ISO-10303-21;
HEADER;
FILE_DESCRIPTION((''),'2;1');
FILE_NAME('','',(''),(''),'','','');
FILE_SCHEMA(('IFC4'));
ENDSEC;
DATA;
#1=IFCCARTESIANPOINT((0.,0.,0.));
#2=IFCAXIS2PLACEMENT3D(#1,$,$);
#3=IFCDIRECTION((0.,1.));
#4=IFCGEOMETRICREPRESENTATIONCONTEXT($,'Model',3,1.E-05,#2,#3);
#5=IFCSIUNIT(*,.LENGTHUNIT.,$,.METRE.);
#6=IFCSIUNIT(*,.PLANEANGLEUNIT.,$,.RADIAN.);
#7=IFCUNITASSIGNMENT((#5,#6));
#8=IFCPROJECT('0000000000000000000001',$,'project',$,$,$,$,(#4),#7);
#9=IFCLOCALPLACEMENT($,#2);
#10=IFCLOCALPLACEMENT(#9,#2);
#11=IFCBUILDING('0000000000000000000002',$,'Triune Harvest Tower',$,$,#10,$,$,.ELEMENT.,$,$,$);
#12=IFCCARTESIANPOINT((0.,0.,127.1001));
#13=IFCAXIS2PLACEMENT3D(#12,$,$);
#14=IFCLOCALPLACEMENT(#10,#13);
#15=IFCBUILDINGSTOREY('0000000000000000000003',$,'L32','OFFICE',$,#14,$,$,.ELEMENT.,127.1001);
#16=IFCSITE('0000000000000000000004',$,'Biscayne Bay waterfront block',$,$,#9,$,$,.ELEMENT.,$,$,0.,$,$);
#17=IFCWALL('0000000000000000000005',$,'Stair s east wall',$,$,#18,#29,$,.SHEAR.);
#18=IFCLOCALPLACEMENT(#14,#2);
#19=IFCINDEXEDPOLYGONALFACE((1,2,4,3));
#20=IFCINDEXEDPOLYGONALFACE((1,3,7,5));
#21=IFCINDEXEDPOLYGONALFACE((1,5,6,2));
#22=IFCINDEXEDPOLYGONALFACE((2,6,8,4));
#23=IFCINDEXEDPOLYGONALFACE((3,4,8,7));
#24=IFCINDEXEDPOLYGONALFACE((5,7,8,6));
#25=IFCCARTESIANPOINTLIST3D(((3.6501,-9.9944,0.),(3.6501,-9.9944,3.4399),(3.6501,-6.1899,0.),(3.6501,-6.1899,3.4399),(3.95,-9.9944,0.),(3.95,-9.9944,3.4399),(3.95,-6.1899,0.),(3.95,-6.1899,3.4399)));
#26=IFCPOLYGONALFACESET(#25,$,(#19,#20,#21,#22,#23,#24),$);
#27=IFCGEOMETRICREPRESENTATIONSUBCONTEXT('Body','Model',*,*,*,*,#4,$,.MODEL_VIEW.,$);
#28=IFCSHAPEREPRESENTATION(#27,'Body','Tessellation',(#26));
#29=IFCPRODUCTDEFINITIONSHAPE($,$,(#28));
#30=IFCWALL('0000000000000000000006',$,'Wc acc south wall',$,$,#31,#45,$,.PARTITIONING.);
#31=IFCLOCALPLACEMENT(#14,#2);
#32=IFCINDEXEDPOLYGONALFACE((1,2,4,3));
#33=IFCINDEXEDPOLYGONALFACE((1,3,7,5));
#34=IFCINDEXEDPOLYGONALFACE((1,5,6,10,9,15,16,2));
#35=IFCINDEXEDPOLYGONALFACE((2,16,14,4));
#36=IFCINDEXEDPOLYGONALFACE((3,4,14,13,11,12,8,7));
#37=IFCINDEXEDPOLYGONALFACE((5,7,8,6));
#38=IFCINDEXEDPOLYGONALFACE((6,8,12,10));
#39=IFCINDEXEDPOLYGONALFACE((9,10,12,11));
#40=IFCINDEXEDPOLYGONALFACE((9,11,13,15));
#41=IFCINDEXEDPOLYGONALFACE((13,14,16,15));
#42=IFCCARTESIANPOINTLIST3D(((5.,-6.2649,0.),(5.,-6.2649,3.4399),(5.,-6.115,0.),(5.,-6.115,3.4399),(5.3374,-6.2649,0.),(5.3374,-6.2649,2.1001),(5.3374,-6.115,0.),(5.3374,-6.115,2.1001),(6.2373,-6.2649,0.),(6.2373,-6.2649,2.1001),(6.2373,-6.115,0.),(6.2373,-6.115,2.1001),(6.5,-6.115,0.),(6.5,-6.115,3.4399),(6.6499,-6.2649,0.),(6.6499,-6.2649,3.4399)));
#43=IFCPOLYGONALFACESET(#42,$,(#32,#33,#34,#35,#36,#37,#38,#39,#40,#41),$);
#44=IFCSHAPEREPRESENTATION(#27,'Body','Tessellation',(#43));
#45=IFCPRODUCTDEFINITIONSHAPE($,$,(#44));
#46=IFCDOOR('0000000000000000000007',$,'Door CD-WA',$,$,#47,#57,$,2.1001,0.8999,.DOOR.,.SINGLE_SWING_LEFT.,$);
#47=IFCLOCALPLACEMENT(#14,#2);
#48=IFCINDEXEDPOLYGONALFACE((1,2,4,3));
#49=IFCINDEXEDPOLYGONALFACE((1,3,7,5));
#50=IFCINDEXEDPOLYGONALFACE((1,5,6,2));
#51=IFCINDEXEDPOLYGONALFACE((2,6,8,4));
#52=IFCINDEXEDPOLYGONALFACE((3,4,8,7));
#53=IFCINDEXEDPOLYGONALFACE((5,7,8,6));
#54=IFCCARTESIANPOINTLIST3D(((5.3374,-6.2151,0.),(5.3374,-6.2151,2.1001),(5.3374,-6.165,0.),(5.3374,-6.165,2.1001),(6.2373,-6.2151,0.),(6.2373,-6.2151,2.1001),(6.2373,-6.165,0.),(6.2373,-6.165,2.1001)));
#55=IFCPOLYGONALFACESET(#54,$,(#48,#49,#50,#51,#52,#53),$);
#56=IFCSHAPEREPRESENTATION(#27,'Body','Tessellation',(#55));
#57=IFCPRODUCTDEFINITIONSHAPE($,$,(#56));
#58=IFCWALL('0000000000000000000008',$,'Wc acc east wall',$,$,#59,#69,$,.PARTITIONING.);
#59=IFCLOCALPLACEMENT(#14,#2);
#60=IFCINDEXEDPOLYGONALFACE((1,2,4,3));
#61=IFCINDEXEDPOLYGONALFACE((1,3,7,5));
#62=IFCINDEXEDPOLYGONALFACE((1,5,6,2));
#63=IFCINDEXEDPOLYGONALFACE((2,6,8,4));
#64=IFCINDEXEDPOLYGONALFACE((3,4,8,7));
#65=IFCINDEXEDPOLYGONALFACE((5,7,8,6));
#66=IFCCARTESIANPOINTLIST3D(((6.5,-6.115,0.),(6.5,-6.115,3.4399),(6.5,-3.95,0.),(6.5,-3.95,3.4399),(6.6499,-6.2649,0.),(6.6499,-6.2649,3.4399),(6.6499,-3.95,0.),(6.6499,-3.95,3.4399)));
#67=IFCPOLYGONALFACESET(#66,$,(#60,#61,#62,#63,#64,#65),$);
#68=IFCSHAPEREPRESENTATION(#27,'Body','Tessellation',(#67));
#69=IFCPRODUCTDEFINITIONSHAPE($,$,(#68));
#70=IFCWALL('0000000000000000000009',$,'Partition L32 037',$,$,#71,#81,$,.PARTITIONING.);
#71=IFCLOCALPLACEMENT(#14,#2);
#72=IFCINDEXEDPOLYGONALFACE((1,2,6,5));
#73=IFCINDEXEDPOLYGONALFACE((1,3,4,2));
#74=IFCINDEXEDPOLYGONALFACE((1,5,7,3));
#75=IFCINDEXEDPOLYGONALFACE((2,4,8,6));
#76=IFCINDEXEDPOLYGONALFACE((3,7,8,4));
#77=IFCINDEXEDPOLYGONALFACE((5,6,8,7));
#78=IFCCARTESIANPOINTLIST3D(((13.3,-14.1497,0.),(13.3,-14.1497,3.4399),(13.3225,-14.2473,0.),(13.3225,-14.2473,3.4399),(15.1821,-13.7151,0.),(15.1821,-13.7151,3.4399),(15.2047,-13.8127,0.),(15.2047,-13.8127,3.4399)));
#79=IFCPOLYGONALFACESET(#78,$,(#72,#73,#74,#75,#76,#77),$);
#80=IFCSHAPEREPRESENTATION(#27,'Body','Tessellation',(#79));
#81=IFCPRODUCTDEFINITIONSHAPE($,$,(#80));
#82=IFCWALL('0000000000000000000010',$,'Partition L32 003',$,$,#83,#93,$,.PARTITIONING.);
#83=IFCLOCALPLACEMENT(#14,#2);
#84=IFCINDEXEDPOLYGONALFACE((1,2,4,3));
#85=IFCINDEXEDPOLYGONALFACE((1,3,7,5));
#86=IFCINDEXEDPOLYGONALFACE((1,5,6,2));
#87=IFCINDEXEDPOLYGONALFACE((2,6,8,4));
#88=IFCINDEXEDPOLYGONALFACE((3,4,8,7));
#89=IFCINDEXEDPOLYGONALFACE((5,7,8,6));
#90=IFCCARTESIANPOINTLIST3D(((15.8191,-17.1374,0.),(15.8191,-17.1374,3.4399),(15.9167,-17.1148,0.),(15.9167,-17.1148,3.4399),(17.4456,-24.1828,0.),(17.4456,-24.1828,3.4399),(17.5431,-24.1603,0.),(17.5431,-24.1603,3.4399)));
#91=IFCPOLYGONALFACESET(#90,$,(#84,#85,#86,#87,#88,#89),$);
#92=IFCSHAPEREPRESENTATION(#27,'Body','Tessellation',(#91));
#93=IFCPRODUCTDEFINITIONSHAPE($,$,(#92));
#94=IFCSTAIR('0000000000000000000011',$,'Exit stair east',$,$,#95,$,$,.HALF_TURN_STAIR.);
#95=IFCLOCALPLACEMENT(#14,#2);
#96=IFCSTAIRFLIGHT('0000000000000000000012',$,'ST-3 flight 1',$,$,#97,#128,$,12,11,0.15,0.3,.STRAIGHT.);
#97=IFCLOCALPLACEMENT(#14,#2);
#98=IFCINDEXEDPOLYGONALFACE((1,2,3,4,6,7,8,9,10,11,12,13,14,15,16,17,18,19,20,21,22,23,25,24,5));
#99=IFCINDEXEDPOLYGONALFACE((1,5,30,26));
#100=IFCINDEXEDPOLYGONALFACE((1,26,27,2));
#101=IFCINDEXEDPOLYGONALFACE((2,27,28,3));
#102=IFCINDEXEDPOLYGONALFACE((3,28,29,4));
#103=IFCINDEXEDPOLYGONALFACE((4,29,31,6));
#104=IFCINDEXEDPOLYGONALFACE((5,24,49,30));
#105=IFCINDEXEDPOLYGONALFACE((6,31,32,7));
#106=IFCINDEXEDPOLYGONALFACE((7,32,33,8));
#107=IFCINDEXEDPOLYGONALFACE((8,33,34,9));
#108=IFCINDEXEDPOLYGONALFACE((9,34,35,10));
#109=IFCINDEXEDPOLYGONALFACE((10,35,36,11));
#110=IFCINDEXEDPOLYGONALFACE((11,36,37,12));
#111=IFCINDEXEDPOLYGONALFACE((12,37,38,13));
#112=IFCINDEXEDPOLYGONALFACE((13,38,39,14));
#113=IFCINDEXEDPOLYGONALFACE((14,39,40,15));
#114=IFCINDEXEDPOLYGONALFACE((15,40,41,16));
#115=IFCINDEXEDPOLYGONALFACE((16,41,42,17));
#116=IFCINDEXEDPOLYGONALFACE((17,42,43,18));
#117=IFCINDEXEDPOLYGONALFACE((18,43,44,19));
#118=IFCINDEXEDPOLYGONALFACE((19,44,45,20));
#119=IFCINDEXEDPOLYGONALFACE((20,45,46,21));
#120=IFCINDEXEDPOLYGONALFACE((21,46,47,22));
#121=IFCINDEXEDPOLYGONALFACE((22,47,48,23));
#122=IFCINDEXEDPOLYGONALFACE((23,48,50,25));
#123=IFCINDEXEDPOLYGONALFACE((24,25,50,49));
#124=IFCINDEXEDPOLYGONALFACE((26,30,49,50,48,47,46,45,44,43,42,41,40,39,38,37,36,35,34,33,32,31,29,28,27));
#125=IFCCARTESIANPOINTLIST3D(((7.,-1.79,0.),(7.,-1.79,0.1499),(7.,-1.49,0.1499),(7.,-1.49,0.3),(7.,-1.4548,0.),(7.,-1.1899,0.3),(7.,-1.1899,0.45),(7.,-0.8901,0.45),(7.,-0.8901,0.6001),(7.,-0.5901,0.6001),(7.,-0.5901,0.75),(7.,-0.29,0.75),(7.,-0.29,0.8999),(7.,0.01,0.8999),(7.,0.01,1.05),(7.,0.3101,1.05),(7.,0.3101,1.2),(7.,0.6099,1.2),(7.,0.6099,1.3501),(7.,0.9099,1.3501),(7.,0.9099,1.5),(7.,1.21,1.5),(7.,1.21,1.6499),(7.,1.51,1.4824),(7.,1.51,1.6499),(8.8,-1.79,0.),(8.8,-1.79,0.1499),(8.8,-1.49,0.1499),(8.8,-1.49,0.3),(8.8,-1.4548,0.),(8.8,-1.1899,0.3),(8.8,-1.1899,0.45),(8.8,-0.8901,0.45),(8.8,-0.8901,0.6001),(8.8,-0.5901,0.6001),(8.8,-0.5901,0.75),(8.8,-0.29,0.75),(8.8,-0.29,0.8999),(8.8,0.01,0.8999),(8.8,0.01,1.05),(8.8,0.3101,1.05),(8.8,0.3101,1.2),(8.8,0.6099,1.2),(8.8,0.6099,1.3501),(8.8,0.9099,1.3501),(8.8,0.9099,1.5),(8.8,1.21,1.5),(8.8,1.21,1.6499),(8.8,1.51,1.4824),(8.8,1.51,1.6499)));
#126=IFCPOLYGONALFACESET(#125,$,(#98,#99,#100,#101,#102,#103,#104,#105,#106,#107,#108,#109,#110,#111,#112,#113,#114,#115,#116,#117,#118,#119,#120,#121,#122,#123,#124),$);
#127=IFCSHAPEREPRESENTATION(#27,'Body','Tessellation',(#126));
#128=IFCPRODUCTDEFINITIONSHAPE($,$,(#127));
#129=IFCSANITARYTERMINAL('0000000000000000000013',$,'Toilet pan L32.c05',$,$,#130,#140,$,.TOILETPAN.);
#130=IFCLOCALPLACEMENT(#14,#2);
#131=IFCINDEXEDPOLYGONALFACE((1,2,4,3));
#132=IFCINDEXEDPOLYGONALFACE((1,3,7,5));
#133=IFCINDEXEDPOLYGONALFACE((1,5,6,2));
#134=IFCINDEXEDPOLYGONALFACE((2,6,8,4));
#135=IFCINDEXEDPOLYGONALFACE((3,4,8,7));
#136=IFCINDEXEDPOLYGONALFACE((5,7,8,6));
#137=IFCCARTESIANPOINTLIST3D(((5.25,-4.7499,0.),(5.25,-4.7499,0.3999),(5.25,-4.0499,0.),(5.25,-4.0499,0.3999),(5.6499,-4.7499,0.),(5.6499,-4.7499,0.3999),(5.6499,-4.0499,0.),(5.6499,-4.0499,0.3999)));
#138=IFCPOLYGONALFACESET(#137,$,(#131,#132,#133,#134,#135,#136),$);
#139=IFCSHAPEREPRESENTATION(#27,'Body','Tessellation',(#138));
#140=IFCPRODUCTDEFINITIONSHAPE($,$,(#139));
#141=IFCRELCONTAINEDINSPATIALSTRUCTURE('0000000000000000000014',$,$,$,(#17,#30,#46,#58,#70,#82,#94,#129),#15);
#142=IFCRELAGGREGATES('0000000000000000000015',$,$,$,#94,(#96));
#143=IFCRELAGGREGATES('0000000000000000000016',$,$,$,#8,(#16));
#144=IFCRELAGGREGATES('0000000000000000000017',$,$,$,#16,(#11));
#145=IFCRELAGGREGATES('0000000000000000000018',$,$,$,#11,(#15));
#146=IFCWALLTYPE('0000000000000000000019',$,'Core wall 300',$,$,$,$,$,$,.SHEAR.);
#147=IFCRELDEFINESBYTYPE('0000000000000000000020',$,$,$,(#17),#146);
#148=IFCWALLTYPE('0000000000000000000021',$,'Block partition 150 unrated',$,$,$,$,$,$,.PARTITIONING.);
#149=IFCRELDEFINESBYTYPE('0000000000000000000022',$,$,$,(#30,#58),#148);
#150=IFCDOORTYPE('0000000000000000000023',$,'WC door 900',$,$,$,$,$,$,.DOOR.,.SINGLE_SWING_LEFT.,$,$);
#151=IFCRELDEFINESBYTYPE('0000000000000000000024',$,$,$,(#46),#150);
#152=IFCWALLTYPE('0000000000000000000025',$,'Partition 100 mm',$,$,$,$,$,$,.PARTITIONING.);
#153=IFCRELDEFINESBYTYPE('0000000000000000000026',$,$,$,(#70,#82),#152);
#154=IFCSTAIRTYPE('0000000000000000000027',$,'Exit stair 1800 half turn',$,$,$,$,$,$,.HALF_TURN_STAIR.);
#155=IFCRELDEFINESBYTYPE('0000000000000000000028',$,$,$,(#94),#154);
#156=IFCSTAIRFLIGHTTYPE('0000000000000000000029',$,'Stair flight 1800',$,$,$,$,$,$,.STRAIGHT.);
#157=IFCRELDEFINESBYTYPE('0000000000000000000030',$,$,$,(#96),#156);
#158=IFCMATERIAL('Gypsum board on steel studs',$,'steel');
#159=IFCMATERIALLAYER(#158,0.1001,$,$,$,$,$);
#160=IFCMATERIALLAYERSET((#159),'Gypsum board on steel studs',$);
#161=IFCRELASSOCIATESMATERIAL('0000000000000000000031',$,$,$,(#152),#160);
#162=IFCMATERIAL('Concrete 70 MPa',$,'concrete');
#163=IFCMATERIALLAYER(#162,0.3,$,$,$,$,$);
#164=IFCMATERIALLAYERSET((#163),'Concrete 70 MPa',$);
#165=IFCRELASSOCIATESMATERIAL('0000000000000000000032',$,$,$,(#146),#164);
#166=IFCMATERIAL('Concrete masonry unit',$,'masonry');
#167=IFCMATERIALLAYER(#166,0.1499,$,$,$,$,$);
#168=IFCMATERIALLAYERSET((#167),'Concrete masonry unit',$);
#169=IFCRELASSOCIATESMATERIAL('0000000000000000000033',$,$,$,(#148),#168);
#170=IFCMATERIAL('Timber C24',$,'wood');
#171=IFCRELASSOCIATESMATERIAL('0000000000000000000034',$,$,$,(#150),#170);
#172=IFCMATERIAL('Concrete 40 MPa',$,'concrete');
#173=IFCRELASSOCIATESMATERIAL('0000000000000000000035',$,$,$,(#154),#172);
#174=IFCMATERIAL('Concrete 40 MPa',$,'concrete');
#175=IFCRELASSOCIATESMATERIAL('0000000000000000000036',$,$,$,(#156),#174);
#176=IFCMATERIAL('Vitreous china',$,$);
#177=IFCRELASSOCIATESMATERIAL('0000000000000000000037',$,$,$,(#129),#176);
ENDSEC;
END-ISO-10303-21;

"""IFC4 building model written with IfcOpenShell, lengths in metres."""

from ifc_helpers import new_model, si_unit, direction, frame, frame_2d, origin, origin_2d, place, context, subcontext, project, spatial, polyline, rectangle, outline, extrude, source, transform, mapped, material, layer, layer_set, type_object, element, fill, aggregate, save


model = new_model("IFC4")

# Units and contexts
model_context = context("Model", 3, precision=1e-05, world=origin(), true_north=direction((0.0, 1.0)))
body_context = subcontext(model_context, "Body", "Model", "MODEL_VIEW")
ifc_project = project(units=[si_unit("LENGTHUNIT", "METRE"), si_unit("PLANEANGLEUNIT", "RADIAN")], contexts=[model_context])

# Site, building, storey
site_placement = place(None, origin())
site = spatial("IfcSite", under=ifc_project, at=site_placement, Name="Biscayne Bay waterfront block", CompositionType="ELEMENT", RefElevation=0.0)
building_placement = place(site_placement, origin())
building = spatial("IfcBuilding", under=site, at=building_placement, Name="Triune Harvest Tower", CompositionType="ELEMENT")
storey_placement = place(building_placement, frame((0.0, 0.0, 127.1001)))
storey = spatial("IfcBuildingStorey", under=building, at=storey_placement, Name="L32", Description="OFFICE", CompositionType="ELEMENT", Elevation=127.1001)

# Shared definitions
ifc_material_1 = material(Name="Gypsum board on steel studs", Category="steel")
ifc_layer_1 = layer(ifc_material_1, 0.1001)
ifc_layer_set_1 = layer_set([ifc_layer_1], Name="Gypsum board on steel studs")
wall_type_1 = type_object("IfcWallType", Name="Partition 100 mm", PredefinedType="PARTITIONING", material=ifc_layer_set_1)

# Shared definitions
ifc_material_2 = material(Name="Concrete 70 MPa", Category="concrete")
ifc_layer_2 = layer(ifc_material_2, 0.3)
ifc_layer_set_2 = layer_set([ifc_layer_2], Name="Concrete 70 MPa")
wall_type_2 = type_object("IfcWallType", Name="Core wall 300", PredefinedType="SHEAR", material=ifc_layer_set_2)

# Wall
shared_shape_1 = source(origin(), body_context, "Body", "SweptSolid", [
    extrude(outline(polyline([(3.8, -0.1499), (-0.0044, -0.1499), (-0.0044, 0.1499), (3.8, 0.1499), (3.8, -0.1499)])), origin(), (0.0, 0.0, 1.0), 3.4399),
])
wall_1_placement = place(storey_placement, frame((3.8, -9.99, 0.0), z_axis=(0.0, 0.0, 1.0), x_axis=(0.0, 1.0, 0.0)))
element("IfcWall", 1, at=wall_1_placement, inside=storey, type_object=wall_type_2, Name="Stair s east wall", PredefinedType="SHEAR", context=body_context, shape_type="MappedRepresentation", body=[
    mapped(shared_shape_1, transform((0.0, 0.0, 0.0), scale=1.0)),
])

# Wall, opening, door
ifc_material_3 = material(Name="Concrete masonry unit", Category="masonry")
ifc_layer_3 = layer(ifc_material_3, 0.1499)
ifc_layer_set_3 = layer_set([ifc_layer_3], Name="Concrete masonry unit")
wall_type_3 = type_object("IfcWallType", Name="Block partition 150 unrated", PredefinedType="PARTITIONING", material=ifc_layer_set_3)
shared_shape_2 = source(origin(), body_context, "Body", "SweptSolid", [
    extrude(outline(polyline([(0.0, -0.075), (1.6499, -0.075), (1.5, 0.075), (0.0, 0.075), (0.0, -0.075)])), origin(), (0.0, 0.0, 1.0), 3.4399),
])
wall_2_placement = place(storey_placement, frame((5.0, -6.1899, 0.0), z_axis=(0.0, 0.0, 1.0), x_axis=(1.0, 0.0, 0.0)))
wall_2 = element("IfcWall", 2, at=wall_2_placement, inside=storey, type_object=wall_type_3, Name="Wc acc south wall", PredefinedType="PARTITIONING", context=body_context, shape_type="MappedRepresentation", body=[
    mapped(shared_shape_2, transform((0.0, 0.0, 0.0), scale=1.0)),
])
opening_1_placement = place(wall_2_placement, frame((0.3374, 0.0, 0.0)))
opening_1 = element("IfcOpeningElement", 3, at=opening_1_placement, cuts=wall_2, PredefinedType="OPENING", context=body_context, shape_type="SweptSolid", body=[
    extrude(rectangle(XDim=0.8999, YDim=2.1001, at=frame_2d((0.45, 1.05))), frame((0.0, 0.085, 0.0), z_axis=(0.0, -1.0, 0.0), x_axis=(1.0, 0.0, 0.0)), (0.0, 0.0, 1.0), 0.1699),
])
ifc_material_4 = material(Name="Timber C24", Category="wood")
door_type_1 = type_object("IfcDoorType", Name="WC door 900", OperationType="SINGLE_SWING_LEFT", PredefinedType="DOOR", material=ifc_material_4)
door_1_placement = place(opening_1_placement, origin())
door_1 = element("IfcDoor", 4, at=door_1_placement, inside=storey, type_object=door_type_1, Name="Door CD-WA", OperationType="SINGLE_SWING_LEFT", OverallHeight=2.1001, OverallWidth=0.8999, PredefinedType="DOOR", context=body_context, shape_type="SweptSolid", body=[
    extrude(rectangle(XDim=0.8999, YDim=2.1001, at=frame_2d((0.45, 1.05))), frame((0.0, 0.0249, 0.0), z_axis=(0.0, -1.0, 0.0), x_axis=(1.0, 0.0, 0.0)), (0.0, 0.0, 1.0), 0.05),
])
fill(opening_1, door_1)

# Walls
shared_shape_3 = source(origin(), body_context, "Body", "SweptSolid", [
    extrude(outline(polyline([(-0.075, -0.075), (2.24, -0.075), (2.24, 0.075), (0.075, 0.075), (-0.075, -0.075)])), origin(), (0.0, 0.0, 1.0), 3.4399),
])
wall_3_placement = place(storey_placement, frame((6.575, -6.1899, 0.0), z_axis=(0.0, 0.0, 1.0), x_axis=(0.0, 1.0, 0.0)))
element("IfcWall", 5, at=wall_3_placement, inside=storey, type_object=wall_type_3, Name="Wc acc east wall", PredefinedType="PARTITIONING", context=body_context, shape_type="MappedRepresentation", body=[
    mapped(shared_shape_3, transform((0.0, 0.0, 0.0), scale=1.0)),
])
shared_shape_4 = source(origin(), body_context, "Body", "SweptSolid", [
    extrude(rectangle(XDim=1.9316, YDim=0.1001, at=frame_2d((0.9658, 0.0))), origin(), (0.0, 0.0, 1.0), 3.4399),
])
wall_4_placement = place(storey_placement, frame((13.3113, -14.1985, 0.0), z_axis=(0.0, 0.0, 1.0), x_axis=(0.974363, 0.22498, 0.0)))
element("IfcWall", 6, at=wall_4_placement, inside=storey, type_object=wall_type_1, Name="Partition L32 037", PredefinedType="PARTITIONING", context=body_context, shape_type="MappedRepresentation", body=[
    mapped(shared_shape_4, transform((0.0, 0.0, 0.0), scale=1.0)),
])
shared_shape_5 = source(origin(), body_context, "Body", "SweptSolid", [
    extrude(rectangle(XDim=7.2307, YDim=0.1001, at=frame_2d((3.6152, 0.0))), origin(), (0.0, 0.0, 1.0), 3.4399),
])
wall_5_placement = place(storey_placement, frame((15.8679, -17.1262, 0.0), z_axis=(0.0, 0.0, 1.0), x_axis=(0.224938, -0.974373, 0.0)))
element("IfcWall", 7, at=wall_5_placement, inside=storey, type_object=wall_type_1, Name="Partition L32 003", PredefinedType="PARTITIONING", context=body_context, shape_type="MappedRepresentation", body=[
    mapped(shared_shape_5, transform((0.0, 0.0, 0.0), scale=1.0)),
])

# Stair, stair flight
ifc_material_5 = material(Name="Concrete 40 MPa", Category="concrete")
stair_type = type_object("IfcStairType", Name="Exit stair 1800 half turn", PredefinedType="HALF_TURN_STAIR", material=ifc_material_5)
stair_placement = place(storey_placement, origin())
stair = element("IfcStair", 8, at=stair_placement, inside=storey, type_object=stair_type, Name="Exit stair east", PredefinedType="HALF_TURN_STAIR")
ifc_material_6 = material(Name="Concrete 40 MPa", Category="concrete")
stair_flight_type = type_object("IfcStairFlightType", Name="Stair flight 1800", PredefinedType="STRAIGHT", material=ifc_material_6)
shared_shape_6 = source(origin(), body_context, "Body", "SweptSolid", [
    extrude(outline(polyline([(0.0, 0.0), (0.0, 0.1499), (0.3, 0.1499), (0.3, 0.3), (0.6001, 0.3), (0.6001, 0.45), (0.8999, 0.45), (0.8999, 0.6001), (1.2, 0.6001), (1.2, 0.75), (1.5, 0.75), (1.5, 0.8999), (1.8, 0.8999), (1.8, 1.05), (2.1001, 1.05), (2.1001, 1.2), (2.3999, 1.2), (2.3999, 1.3501), (2.7, 1.3501), (2.7, 1.5), (3.0, 1.5), (3.0, 1.6499), (3.3, 1.6499), (3.3, 1.8), (3.3, 1.4824), (0.3352, 0.0), (0.0, 0.0)])), frame((0.0, 0.8999, 0.0), z_axis=(0.0, -1.0, 0.0), x_axis=(1.0, 0.0, 0.0)), (0.0, 0.0, 1.0), 1.8),
])
stair_flight_placement = place(storey_placement, frame((7.8999, -1.79, 0.0), z_axis=(0.0, 0.0, 1.0), x_axis=(0.0, 1.0, 0.0)))
stair_flight = element("IfcStairFlight", 9, at=stair_flight_placement, type_object=stair_flight_type, Name="ST-3 flight 1", NumberOfRisers=12, NumberOfTreads=11, PredefinedType="STRAIGHT", RiserHeight=0.15, TreadLength=0.3, context=body_context, shape_type="MappedRepresentation", body=[
    mapped(shared_shape_6, transform((0.0, 0.0, 0.0), scale=1.0)),
])
aggregate(stair, [stair_flight])

# Sanitary terminal
ifc_material_7 = material(Name="Vitreous china")
shared_shape_7 = source(origin(), body_context, "Body", "SweptSolid", [
    extrude(rectangle(XDim=0.3999, YDim=0.7, at=origin_2d()), origin(), (0.0, 0.0, 1.0), 0.3999),
])
sanitary_terminal_placement = place(storey_placement, frame((5.45, -4.3999, 0.0), z_axis=(0.0, 0.0, 1.0), x_axis=(1.0, 0.0, 0.0)))
element("IfcSanitaryTerminal", 10, at=sanitary_terminal_placement, inside=storey, material=ifc_material_7, Name="Toilet pan L32.c05", PredefinedType="TOILETPAN", context=body_context, shape_type="MappedRepresentation", body=[
    mapped(shared_shape_7, transform((0.0, 0.0, 0.0), scale=1.0)),
])

save(model, "model.ifc")
